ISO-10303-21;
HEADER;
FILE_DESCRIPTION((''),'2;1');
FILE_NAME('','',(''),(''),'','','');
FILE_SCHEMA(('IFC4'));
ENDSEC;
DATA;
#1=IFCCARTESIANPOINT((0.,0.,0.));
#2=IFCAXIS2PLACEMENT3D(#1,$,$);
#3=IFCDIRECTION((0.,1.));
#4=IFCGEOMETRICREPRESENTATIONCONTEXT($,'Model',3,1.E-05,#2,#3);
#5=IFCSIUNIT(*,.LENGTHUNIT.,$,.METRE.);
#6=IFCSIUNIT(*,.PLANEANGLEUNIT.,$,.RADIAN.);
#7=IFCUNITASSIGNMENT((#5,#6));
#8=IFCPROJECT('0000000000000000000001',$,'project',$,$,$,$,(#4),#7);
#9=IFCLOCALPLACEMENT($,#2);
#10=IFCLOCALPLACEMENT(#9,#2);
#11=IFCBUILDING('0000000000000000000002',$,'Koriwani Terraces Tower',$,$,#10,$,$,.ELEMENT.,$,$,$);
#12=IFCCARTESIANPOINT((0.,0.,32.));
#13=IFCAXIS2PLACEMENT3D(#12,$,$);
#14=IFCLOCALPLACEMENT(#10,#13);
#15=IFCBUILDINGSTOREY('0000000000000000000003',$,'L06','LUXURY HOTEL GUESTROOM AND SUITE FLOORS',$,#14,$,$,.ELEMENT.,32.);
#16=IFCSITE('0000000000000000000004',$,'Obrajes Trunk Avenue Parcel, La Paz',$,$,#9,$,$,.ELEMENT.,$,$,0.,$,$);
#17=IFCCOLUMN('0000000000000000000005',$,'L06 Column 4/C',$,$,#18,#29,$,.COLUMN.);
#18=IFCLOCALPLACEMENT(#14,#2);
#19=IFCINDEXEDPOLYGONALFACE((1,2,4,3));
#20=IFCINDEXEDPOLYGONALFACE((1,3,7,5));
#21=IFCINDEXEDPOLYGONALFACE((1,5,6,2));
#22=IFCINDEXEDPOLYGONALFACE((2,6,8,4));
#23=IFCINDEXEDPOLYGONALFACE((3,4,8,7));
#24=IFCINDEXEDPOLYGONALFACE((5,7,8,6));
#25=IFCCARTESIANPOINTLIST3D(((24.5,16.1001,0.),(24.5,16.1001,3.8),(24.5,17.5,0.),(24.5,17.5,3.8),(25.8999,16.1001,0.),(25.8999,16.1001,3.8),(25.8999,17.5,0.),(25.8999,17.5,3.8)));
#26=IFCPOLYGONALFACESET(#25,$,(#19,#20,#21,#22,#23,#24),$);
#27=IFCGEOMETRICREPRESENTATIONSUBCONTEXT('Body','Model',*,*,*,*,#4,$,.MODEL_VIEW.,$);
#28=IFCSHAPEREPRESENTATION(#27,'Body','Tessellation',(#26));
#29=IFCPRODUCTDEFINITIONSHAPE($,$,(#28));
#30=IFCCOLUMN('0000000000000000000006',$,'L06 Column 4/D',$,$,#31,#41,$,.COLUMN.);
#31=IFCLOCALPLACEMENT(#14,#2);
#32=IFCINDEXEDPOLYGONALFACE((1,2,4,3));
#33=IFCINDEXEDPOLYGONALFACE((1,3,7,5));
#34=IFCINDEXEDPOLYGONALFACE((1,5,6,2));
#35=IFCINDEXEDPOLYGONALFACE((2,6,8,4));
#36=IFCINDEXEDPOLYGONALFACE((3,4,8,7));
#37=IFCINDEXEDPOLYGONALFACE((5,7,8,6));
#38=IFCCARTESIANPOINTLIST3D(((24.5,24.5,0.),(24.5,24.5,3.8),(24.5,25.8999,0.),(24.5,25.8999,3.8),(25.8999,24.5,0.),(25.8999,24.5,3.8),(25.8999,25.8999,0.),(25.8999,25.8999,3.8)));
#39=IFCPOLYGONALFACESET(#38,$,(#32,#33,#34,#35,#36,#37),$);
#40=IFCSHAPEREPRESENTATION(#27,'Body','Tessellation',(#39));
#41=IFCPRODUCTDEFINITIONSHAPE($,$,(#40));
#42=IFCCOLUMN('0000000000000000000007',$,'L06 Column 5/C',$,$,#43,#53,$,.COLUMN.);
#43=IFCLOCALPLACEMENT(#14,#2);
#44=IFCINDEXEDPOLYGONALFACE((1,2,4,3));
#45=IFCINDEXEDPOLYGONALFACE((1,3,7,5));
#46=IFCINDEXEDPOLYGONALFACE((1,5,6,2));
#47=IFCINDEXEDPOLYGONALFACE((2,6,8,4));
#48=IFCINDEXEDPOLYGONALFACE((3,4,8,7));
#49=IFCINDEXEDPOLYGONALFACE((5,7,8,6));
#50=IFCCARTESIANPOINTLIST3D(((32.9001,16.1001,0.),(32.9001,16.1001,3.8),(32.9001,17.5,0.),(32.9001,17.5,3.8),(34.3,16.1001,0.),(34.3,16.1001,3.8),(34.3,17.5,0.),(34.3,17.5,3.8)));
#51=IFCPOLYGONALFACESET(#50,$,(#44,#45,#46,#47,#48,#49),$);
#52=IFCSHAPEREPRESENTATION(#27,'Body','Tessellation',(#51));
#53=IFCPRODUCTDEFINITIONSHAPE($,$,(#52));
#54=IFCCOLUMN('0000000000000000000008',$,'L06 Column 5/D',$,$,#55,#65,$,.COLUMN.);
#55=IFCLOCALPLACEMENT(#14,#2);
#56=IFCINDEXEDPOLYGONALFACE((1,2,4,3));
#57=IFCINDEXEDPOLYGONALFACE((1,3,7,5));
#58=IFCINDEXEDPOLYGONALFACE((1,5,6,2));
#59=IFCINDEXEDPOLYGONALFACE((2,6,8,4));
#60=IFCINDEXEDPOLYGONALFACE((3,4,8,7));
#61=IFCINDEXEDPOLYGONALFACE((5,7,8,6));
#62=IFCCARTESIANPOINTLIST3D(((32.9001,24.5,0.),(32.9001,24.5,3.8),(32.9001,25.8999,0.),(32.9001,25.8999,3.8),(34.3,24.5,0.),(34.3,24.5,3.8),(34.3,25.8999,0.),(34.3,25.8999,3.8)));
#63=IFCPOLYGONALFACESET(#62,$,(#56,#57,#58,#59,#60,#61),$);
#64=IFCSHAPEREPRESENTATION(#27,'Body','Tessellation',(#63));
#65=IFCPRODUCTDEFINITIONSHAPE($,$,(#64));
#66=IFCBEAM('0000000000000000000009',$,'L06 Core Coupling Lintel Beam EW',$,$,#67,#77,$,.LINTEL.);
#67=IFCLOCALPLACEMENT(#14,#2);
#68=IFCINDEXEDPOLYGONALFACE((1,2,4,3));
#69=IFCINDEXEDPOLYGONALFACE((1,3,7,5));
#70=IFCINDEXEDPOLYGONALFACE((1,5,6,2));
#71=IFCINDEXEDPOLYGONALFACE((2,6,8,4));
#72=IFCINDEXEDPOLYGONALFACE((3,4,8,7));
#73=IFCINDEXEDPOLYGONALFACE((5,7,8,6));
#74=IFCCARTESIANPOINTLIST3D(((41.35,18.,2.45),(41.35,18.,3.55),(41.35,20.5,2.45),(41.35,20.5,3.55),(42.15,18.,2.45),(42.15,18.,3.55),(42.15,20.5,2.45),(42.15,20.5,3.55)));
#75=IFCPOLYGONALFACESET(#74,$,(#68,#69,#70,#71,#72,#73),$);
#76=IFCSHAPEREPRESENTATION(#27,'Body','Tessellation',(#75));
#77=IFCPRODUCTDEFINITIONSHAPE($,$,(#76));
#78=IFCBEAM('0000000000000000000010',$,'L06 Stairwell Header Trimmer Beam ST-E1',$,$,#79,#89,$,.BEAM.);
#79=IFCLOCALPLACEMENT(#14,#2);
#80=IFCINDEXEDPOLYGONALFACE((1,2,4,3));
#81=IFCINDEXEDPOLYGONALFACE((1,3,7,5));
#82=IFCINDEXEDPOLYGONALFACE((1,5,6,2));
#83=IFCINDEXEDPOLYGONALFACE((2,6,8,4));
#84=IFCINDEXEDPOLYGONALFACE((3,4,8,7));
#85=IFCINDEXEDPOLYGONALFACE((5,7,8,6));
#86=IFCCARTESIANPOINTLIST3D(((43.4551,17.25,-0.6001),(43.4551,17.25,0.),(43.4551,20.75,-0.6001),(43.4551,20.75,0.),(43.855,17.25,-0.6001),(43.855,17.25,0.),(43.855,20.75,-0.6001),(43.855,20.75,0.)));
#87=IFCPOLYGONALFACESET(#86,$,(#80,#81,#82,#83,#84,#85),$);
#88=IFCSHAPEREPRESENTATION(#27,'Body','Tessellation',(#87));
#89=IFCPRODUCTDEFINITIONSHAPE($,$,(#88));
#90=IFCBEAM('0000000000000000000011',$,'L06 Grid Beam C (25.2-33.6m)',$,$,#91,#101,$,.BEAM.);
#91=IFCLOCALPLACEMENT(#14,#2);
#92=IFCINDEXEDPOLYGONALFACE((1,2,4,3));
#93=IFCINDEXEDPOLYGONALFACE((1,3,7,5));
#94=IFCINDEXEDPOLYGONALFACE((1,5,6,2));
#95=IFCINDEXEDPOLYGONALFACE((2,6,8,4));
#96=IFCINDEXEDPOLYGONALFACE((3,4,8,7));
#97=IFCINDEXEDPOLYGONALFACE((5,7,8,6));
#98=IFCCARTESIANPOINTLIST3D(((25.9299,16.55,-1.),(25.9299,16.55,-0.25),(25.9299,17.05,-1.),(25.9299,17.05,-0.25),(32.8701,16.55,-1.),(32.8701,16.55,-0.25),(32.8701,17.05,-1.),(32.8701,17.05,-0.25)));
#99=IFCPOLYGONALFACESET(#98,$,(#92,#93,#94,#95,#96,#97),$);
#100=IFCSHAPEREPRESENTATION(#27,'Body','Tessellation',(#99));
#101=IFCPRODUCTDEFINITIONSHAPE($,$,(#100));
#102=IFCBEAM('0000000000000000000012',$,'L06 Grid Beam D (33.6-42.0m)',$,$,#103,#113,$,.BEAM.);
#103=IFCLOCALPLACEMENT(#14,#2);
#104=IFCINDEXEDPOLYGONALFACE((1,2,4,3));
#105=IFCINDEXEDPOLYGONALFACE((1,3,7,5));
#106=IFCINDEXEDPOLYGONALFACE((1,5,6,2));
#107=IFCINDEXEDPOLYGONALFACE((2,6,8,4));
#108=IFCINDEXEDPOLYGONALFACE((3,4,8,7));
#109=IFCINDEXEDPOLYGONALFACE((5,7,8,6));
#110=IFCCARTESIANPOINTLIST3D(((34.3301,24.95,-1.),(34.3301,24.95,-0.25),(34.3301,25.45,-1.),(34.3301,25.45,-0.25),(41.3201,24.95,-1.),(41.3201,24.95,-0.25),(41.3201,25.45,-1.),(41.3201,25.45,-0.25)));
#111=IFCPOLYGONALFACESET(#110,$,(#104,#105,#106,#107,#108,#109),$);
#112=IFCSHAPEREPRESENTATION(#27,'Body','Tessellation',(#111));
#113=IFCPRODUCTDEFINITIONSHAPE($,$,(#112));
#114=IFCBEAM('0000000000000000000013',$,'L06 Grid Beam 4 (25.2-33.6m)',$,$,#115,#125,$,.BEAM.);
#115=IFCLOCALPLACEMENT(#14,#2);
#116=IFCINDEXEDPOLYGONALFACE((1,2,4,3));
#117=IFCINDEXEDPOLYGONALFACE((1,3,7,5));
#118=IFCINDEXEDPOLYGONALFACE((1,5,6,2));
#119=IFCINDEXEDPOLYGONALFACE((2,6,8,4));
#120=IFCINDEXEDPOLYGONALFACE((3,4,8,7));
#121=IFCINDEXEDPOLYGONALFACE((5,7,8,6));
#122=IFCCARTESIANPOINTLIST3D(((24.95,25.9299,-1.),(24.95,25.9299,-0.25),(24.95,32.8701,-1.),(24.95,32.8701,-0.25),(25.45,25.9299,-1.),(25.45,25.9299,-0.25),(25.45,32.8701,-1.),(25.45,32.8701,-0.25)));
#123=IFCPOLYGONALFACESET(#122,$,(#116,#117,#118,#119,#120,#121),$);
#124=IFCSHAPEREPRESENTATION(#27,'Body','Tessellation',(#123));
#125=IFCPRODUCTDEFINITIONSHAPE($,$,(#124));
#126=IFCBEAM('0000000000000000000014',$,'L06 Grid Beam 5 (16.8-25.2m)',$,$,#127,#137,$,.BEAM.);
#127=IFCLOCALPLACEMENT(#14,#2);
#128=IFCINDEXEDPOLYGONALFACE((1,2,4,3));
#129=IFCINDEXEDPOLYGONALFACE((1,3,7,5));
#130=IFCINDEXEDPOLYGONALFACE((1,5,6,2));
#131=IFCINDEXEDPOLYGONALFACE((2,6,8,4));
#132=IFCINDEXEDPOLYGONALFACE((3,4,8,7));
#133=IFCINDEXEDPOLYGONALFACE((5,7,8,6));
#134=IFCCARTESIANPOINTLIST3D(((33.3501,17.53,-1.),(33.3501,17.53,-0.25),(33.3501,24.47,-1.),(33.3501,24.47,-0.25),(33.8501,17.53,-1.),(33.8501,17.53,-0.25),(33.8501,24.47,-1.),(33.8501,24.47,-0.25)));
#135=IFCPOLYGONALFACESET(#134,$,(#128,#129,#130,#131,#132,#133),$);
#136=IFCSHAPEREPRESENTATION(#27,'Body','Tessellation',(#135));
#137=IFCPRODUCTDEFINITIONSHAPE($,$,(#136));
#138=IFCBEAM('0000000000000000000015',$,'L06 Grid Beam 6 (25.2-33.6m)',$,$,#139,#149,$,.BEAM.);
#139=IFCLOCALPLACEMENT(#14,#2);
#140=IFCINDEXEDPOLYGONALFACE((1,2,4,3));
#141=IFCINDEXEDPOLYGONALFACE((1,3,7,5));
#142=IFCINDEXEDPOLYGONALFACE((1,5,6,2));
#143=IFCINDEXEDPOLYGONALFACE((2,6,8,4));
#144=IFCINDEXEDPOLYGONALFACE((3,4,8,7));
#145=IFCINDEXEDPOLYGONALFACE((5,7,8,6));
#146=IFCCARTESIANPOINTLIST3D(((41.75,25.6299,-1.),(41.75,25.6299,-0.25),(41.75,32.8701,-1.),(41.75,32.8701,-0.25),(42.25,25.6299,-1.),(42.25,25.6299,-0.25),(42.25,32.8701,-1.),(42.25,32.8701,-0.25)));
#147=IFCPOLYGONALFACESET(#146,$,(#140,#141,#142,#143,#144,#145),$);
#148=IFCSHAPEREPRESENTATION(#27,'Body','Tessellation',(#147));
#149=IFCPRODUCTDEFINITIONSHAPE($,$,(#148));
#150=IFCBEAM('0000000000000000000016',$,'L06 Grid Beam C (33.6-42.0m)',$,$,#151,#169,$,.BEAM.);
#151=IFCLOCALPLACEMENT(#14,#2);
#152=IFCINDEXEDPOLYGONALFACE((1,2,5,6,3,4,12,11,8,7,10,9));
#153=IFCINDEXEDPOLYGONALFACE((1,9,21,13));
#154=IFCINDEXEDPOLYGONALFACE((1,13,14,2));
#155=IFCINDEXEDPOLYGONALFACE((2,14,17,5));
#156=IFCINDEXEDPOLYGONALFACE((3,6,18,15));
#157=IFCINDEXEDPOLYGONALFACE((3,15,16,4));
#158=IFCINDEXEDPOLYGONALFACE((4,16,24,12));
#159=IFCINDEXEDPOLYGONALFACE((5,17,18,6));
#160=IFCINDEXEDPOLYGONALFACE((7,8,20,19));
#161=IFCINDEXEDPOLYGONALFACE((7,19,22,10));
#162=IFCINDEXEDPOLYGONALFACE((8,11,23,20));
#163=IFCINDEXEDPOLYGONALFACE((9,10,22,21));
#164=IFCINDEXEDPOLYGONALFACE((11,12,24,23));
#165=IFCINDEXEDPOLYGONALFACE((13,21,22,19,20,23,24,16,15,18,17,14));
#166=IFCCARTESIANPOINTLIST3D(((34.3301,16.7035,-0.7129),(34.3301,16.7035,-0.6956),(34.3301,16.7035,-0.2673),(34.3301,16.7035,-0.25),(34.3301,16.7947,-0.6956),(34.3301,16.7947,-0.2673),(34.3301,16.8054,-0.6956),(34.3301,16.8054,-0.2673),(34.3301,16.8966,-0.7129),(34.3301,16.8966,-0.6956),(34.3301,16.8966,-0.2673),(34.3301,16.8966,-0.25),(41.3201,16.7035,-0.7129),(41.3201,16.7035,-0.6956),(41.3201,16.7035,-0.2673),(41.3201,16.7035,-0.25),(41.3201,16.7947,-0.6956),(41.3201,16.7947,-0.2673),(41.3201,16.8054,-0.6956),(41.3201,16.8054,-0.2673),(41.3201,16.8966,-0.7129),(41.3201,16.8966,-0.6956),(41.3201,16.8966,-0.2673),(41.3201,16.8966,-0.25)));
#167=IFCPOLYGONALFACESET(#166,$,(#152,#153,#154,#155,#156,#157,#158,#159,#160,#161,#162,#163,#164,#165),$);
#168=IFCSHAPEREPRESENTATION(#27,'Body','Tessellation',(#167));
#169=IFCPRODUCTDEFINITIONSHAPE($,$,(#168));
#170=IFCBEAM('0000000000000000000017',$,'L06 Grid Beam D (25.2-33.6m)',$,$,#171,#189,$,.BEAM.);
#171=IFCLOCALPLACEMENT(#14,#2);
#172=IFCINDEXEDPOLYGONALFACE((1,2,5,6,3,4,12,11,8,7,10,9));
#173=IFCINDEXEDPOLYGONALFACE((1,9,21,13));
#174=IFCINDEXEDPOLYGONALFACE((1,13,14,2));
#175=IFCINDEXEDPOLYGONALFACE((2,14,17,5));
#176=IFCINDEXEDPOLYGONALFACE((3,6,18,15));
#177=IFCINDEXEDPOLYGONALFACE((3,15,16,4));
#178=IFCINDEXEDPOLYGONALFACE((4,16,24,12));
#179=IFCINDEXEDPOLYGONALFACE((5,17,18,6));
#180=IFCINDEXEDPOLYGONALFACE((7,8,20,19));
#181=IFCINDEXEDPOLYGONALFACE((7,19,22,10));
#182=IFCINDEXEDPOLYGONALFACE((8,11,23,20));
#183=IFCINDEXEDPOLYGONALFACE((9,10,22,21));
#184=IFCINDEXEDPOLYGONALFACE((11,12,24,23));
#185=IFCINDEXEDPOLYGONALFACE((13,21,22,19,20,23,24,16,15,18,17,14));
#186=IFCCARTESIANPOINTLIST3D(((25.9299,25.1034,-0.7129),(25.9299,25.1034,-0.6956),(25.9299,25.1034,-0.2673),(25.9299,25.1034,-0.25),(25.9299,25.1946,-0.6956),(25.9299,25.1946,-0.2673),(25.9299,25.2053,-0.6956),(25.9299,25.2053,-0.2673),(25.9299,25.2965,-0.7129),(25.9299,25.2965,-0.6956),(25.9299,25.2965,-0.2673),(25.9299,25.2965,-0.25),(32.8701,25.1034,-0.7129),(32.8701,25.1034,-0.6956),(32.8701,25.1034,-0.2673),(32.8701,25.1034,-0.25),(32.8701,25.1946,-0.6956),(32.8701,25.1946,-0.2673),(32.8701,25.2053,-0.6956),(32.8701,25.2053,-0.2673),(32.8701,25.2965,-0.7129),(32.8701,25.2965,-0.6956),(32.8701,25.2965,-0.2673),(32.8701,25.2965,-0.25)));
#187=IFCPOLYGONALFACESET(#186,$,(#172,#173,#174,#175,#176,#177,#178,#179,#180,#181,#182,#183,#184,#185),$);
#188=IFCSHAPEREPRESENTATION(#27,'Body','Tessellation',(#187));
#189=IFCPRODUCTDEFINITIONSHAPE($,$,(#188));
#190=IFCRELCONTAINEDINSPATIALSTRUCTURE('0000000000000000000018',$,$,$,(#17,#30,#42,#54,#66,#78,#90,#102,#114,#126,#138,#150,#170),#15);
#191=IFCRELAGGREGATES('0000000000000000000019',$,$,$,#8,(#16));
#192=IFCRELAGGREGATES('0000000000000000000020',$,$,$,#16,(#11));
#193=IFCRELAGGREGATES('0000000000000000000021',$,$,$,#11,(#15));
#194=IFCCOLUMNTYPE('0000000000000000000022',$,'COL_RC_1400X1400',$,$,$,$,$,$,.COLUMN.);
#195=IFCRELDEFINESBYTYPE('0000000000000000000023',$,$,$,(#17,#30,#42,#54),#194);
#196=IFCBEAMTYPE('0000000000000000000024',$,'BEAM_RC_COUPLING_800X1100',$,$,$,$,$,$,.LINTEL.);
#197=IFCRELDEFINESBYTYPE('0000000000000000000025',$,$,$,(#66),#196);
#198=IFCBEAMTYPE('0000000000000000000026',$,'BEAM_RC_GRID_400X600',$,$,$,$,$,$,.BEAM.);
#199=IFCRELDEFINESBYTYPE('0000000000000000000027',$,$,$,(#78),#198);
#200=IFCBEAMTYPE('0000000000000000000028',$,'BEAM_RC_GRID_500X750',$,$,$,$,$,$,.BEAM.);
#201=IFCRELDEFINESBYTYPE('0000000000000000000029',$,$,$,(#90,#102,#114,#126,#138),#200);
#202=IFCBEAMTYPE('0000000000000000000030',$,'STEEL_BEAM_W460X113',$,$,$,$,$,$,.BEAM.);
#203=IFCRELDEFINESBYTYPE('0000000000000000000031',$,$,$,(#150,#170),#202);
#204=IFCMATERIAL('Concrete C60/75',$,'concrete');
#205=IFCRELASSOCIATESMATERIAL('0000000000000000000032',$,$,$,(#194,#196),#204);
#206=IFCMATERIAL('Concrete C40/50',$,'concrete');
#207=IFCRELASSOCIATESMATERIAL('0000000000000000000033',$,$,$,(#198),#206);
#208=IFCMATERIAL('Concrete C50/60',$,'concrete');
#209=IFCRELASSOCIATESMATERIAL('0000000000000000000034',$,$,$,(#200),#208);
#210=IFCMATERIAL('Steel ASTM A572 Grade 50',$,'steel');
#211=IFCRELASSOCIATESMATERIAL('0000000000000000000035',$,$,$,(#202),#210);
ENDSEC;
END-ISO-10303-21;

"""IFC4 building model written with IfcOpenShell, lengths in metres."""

from ifc_helpers import new_model, si_unit, direction, frame, origin, origin_2d, place, context, subcontext, project, spatial, rectangle, i_section, extrude, material, material_profile, profile_set, type_object, element, save


model = new_model("IFC4")

# Units and contexts
model_context = context("Model", 3, precision=1e-05, world=origin(), true_north=direction((0.0, 1.0)))
body_context = subcontext(model_context, "Body", "Model", "MODEL_VIEW")
ifc_project = project(units=[si_unit("LENGTHUNIT", "METRE"), si_unit("PLANEANGLEUNIT", "RADIAN")], contexts=[model_context])

# Site, building, storey
site_placement = place(None, origin())
site = spatial("IfcSite", under=ifc_project, at=site_placement, Name="Obrajes Trunk Avenue Parcel, La Paz", CompositionType="ELEMENT", RefElevation=0.0)
building_placement = place(site_placement, origin())
building = spatial("IfcBuilding", under=site, at=building_placement, Name="Koriwani Terraces Tower", CompositionType="ELEMENT")
storey_placement = place(building_placement, frame((0.0, 0.0, 32.0)))
storey = spatial("IfcBuildingStorey", under=building, at=storey_placement, Name="L06", Description="LUXURY HOTEL GUESTROOM AND SUITE FLOORS", CompositionType="ELEMENT", Elevation=32.0)

# Columns
ifc_material_1 = material(Name="Concrete C60/75", Category="concrete")
ifc_material_profile_1 = material_profile(ifc_material_1, rectangle(XDim=1.3999, YDim=1.3999, at=origin_2d()), Name="Concrete C60/75", Category="LoadBearing")
ifc_profile_set_1 = profile_set([ifc_material_profile_1], Name="Concrete C60/75")
column_type = type_object("IfcColumnType", Name="COL_RC_1400X1400", PredefinedType="COLUMN", material=ifc_profile_set_1)
for number, where, z_axis, x_axis, name in (
    (1, (25.2, 16.8, 0.0), (0.0, 0.0, 1.0), (1.0, 0.0, 0.0), "L06 Column 4/C"),
    (2, (25.2, 25.2, 0.0), (0.0, 0.0, 1.0), (1.0, 0.0, 0.0), "L06 Column 4/D"),
    (3, (33.6001, 16.8, 0.0), (0.0, 0.0, 1.0), (1.0, 0.0, 0.0), "L06 Column 5/C"),
    (4, (33.6001, 25.2, 0.0), (0.0, 0.0, 1.0), (1.0, 0.0, 0.0), "L06 Column 5/D"),
):
    element("IfcColumn", number, at=place(storey_placement, frame(where, z_axis=z_axis, x_axis=x_axis)), inside=storey, type_object=column_type, Name=name, PredefinedType="COLUMN", context=body_context, shape_type="SweptSolid", body=[
        extrude(rectangle(XDim=1.3999, YDim=1.3999, at=origin_2d()), origin(), (0.0, 0.0, 1.0), 3.8),
    ])

# Beams
ifc_material_profile_2 = material_profile(ifc_material_1, rectangle(XDim=0.8, YDim=1.1001, at=origin_2d()), Name="Concrete C60/75", Category="LoadBearing")
ifc_profile_set_2 = profile_set([ifc_material_profile_2], Name="Concrete C60/75")
beam_type_1 = type_object("IfcBeamType", Name="BEAM_RC_COUPLING_800X1100", PredefinedType="LINTEL", material=ifc_profile_set_2)
beam_1_placement = place(storey_placement, frame((41.75, 18.0, 3.0), z_axis=(0.0, 1.0, 0.0), x_axis=(-1.0, 0.0, 0.0)))
element("IfcBeam", 5, at=beam_1_placement, inside=storey, type_object=beam_type_1, Name="L06 Core Coupling Lintel Beam EW", PredefinedType="LINTEL", context=body_context, shape_type="SweptSolid", body=[
    extrude(rectangle(XDim=0.8, YDim=1.1001, at=origin_2d()), origin(), (0.0, 0.0, 1.0), 2.5),
])
ifc_material_2 = material(Name="Concrete C40/50", Category="concrete")
ifc_material_profile_3 = material_profile(ifc_material_2, rectangle(XDim=0.3999, YDim=0.6001, at=origin_2d()), Name="Concrete C40/50", Category="LoadBearing")
ifc_profile_set_3 = profile_set([ifc_material_profile_3], Name="Concrete C40/50")
beam_type_2 = type_object("IfcBeamType", Name="BEAM_RC_GRID_400X600", PredefinedType="BEAM", material=ifc_profile_set_3)
beam_2_placement = place(storey_placement, frame((43.655, 17.25, -0.3), z_axis=(0.0, 1.0, 0.0), x_axis=(-1.0, 0.0, 0.0)))
element("IfcBeam", 6, at=beam_2_placement, inside=storey, type_object=beam_type_2, Name="L06 Stairwell Header Trimmer Beam ST-E1", PredefinedType="BEAM", context=body_context, shape_type="SweptSolid", body=[
    extrude(rectangle(XDim=0.3999, YDim=0.6001, at=origin_2d()), origin(), (0.0, 0.0, 1.0), 3.5),
])
ifc_material_3 = material(Name="Concrete C50/60", Category="concrete")
ifc_material_profile_4 = material_profile(ifc_material_3, rectangle(XDim=0.5, YDim=0.75, at=origin_2d()), Name="Concrete C50/60", Category="LoadBearing")
ifc_profile_set_4 = profile_set([ifc_material_profile_4], Name="Concrete C50/60")
beam_type_3 = type_object("IfcBeamType", Name="BEAM_RC_GRID_500X750", PredefinedType="BEAM", material=ifc_profile_set_4)
beam_3_placement = place(storey_placement, frame((25.9299, 16.8, -0.625), z_axis=(1.0, 0.0, 0.0), x_axis=(0.0, 1.0, 0.0)))
element("IfcBeam", 7, at=beam_3_placement, inside=storey, type_object=beam_type_3, Name="L06 Grid Beam C (25.2-33.6m)", PredefinedType="BEAM", context=body_context, shape_type="SweptSolid", body=[
    extrude(rectangle(XDim=0.5, YDim=0.75, at=origin_2d()), origin(), (0.0, 0.0, 1.0), 6.9402),
])
beam_4_placement = place(storey_placement, frame((34.3301, 25.2, -0.625), z_axis=(1.0, 0.0, 0.0), x_axis=(0.0, 1.0, 0.0)))
element("IfcBeam", 8, at=beam_4_placement, inside=storey, type_object=beam_type_3, Name="L06 Grid Beam D (33.6-42.0m)", PredefinedType="BEAM", context=body_context, shape_type="SweptSolid", body=[
    extrude(rectangle(XDim=0.5, YDim=0.75, at=origin_2d()), origin(), (0.0, 0.0, 1.0), 6.99),
])
beam_5_placement = place(storey_placement, frame((25.2, 25.9299, -0.625), z_axis=(0.0, 1.0, 0.0), x_axis=(-1.0, 0.0, 0.0)))
element("IfcBeam", 9, at=beam_5_placement, inside=storey, type_object=beam_type_3, Name="L06 Grid Beam 4 (25.2-33.6m)", PredefinedType="BEAM", context=body_context, shape_type="SweptSolid", body=[
    extrude(rectangle(XDim=0.5, YDim=0.75, at=origin_2d()), origin(), (0.0, 0.0, 1.0), 6.9402),
])
beam_6_placement = place(storey_placement, frame((33.6001, 17.53, -0.625), z_axis=(0.0, 1.0, 0.0), x_axis=(-1.0, 0.0, 0.0)))
element("IfcBeam", 10, at=beam_6_placement, inside=storey, type_object=beam_type_3, Name="L06 Grid Beam 5 (16.8-25.2m)", PredefinedType="BEAM", context=body_context, shape_type="SweptSolid", body=[
    extrude(rectangle(XDim=0.5, YDim=0.75, at=origin_2d()), origin(), (0.0, 0.0, 1.0), 6.9399),
])
beam_7_placement = place(storey_placement, frame((42.0, 25.6299, -0.625), z_axis=(0.0, 1.0, 0.0), x_axis=(-1.0, 0.0, 0.0)))
element("IfcBeam", 11, at=beam_7_placement, inside=storey, type_object=beam_type_3, Name="L06 Grid Beam 6 (25.2-33.6m)", PredefinedType="BEAM", context=body_context, shape_type="SweptSolid", body=[
    extrude(rectangle(XDim=0.5, YDim=0.75, at=origin_2d()), origin(), (0.0, 0.0, 1.0), 7.2402),
])
ifc_material_4 = material(Name="Steel ASTM A572 Grade 50", Category="steel")
ifc_material_profile_5 = material_profile(ifc_material_4, i_section(OverallWidth=0.1931, OverallDepth=0.4629, WebThickness=0.0107, FlangeThickness=0.0173, at=origin_2d()), Name="Steel ASTM A572 Grade 50", Category="LoadBearing")
ifc_profile_set_5 = profile_set([ifc_material_profile_5], Name="Steel ASTM A572 Grade 50")
beam_type_4 = type_object("IfcBeamType", Name="STEEL_BEAM_W460X113", PredefinedType="BEAM", material=ifc_profile_set_5)
beam_8_placement = place(storey_placement, frame((34.3301, 16.8, -0.4814), z_axis=(1.0, 0.0, 0.0), x_axis=(0.0, 1.0, 0.0)))
element("IfcBeam", 12, at=beam_8_placement, inside=storey, type_object=beam_type_4, Name="L06 Grid Beam C (33.6-42.0m)", PredefinedType="BEAM", context=body_context, shape_type="SweptSolid", body=[
    extrude(i_section(OverallWidth=0.1931, OverallDepth=0.4629, WebThickness=0.0107, FlangeThickness=0.0173, at=origin_2d()), origin(), (0.0, 0.0, 1.0), 6.99),
])
beam_9_placement = place(storey_placement, frame((25.9299, 25.2, -0.4814), z_axis=(1.0, 0.0, 0.0), x_axis=(0.0, 1.0, 0.0)))
element("IfcBeam", 13, at=beam_9_placement, inside=storey, type_object=beam_type_4, Name="L06 Grid Beam D (25.2-33.6m)", PredefinedType="BEAM", context=body_context, shape_type="SweptSolid", body=[
    extrude(i_section(OverallWidth=0.1931, OverallDepth=0.4629, WebThickness=0.0107, FlangeThickness=0.0173, at=origin_2d()), origin(), (0.0, 0.0, 1.0), 6.9402),
])

save(model, "model.ifc")
